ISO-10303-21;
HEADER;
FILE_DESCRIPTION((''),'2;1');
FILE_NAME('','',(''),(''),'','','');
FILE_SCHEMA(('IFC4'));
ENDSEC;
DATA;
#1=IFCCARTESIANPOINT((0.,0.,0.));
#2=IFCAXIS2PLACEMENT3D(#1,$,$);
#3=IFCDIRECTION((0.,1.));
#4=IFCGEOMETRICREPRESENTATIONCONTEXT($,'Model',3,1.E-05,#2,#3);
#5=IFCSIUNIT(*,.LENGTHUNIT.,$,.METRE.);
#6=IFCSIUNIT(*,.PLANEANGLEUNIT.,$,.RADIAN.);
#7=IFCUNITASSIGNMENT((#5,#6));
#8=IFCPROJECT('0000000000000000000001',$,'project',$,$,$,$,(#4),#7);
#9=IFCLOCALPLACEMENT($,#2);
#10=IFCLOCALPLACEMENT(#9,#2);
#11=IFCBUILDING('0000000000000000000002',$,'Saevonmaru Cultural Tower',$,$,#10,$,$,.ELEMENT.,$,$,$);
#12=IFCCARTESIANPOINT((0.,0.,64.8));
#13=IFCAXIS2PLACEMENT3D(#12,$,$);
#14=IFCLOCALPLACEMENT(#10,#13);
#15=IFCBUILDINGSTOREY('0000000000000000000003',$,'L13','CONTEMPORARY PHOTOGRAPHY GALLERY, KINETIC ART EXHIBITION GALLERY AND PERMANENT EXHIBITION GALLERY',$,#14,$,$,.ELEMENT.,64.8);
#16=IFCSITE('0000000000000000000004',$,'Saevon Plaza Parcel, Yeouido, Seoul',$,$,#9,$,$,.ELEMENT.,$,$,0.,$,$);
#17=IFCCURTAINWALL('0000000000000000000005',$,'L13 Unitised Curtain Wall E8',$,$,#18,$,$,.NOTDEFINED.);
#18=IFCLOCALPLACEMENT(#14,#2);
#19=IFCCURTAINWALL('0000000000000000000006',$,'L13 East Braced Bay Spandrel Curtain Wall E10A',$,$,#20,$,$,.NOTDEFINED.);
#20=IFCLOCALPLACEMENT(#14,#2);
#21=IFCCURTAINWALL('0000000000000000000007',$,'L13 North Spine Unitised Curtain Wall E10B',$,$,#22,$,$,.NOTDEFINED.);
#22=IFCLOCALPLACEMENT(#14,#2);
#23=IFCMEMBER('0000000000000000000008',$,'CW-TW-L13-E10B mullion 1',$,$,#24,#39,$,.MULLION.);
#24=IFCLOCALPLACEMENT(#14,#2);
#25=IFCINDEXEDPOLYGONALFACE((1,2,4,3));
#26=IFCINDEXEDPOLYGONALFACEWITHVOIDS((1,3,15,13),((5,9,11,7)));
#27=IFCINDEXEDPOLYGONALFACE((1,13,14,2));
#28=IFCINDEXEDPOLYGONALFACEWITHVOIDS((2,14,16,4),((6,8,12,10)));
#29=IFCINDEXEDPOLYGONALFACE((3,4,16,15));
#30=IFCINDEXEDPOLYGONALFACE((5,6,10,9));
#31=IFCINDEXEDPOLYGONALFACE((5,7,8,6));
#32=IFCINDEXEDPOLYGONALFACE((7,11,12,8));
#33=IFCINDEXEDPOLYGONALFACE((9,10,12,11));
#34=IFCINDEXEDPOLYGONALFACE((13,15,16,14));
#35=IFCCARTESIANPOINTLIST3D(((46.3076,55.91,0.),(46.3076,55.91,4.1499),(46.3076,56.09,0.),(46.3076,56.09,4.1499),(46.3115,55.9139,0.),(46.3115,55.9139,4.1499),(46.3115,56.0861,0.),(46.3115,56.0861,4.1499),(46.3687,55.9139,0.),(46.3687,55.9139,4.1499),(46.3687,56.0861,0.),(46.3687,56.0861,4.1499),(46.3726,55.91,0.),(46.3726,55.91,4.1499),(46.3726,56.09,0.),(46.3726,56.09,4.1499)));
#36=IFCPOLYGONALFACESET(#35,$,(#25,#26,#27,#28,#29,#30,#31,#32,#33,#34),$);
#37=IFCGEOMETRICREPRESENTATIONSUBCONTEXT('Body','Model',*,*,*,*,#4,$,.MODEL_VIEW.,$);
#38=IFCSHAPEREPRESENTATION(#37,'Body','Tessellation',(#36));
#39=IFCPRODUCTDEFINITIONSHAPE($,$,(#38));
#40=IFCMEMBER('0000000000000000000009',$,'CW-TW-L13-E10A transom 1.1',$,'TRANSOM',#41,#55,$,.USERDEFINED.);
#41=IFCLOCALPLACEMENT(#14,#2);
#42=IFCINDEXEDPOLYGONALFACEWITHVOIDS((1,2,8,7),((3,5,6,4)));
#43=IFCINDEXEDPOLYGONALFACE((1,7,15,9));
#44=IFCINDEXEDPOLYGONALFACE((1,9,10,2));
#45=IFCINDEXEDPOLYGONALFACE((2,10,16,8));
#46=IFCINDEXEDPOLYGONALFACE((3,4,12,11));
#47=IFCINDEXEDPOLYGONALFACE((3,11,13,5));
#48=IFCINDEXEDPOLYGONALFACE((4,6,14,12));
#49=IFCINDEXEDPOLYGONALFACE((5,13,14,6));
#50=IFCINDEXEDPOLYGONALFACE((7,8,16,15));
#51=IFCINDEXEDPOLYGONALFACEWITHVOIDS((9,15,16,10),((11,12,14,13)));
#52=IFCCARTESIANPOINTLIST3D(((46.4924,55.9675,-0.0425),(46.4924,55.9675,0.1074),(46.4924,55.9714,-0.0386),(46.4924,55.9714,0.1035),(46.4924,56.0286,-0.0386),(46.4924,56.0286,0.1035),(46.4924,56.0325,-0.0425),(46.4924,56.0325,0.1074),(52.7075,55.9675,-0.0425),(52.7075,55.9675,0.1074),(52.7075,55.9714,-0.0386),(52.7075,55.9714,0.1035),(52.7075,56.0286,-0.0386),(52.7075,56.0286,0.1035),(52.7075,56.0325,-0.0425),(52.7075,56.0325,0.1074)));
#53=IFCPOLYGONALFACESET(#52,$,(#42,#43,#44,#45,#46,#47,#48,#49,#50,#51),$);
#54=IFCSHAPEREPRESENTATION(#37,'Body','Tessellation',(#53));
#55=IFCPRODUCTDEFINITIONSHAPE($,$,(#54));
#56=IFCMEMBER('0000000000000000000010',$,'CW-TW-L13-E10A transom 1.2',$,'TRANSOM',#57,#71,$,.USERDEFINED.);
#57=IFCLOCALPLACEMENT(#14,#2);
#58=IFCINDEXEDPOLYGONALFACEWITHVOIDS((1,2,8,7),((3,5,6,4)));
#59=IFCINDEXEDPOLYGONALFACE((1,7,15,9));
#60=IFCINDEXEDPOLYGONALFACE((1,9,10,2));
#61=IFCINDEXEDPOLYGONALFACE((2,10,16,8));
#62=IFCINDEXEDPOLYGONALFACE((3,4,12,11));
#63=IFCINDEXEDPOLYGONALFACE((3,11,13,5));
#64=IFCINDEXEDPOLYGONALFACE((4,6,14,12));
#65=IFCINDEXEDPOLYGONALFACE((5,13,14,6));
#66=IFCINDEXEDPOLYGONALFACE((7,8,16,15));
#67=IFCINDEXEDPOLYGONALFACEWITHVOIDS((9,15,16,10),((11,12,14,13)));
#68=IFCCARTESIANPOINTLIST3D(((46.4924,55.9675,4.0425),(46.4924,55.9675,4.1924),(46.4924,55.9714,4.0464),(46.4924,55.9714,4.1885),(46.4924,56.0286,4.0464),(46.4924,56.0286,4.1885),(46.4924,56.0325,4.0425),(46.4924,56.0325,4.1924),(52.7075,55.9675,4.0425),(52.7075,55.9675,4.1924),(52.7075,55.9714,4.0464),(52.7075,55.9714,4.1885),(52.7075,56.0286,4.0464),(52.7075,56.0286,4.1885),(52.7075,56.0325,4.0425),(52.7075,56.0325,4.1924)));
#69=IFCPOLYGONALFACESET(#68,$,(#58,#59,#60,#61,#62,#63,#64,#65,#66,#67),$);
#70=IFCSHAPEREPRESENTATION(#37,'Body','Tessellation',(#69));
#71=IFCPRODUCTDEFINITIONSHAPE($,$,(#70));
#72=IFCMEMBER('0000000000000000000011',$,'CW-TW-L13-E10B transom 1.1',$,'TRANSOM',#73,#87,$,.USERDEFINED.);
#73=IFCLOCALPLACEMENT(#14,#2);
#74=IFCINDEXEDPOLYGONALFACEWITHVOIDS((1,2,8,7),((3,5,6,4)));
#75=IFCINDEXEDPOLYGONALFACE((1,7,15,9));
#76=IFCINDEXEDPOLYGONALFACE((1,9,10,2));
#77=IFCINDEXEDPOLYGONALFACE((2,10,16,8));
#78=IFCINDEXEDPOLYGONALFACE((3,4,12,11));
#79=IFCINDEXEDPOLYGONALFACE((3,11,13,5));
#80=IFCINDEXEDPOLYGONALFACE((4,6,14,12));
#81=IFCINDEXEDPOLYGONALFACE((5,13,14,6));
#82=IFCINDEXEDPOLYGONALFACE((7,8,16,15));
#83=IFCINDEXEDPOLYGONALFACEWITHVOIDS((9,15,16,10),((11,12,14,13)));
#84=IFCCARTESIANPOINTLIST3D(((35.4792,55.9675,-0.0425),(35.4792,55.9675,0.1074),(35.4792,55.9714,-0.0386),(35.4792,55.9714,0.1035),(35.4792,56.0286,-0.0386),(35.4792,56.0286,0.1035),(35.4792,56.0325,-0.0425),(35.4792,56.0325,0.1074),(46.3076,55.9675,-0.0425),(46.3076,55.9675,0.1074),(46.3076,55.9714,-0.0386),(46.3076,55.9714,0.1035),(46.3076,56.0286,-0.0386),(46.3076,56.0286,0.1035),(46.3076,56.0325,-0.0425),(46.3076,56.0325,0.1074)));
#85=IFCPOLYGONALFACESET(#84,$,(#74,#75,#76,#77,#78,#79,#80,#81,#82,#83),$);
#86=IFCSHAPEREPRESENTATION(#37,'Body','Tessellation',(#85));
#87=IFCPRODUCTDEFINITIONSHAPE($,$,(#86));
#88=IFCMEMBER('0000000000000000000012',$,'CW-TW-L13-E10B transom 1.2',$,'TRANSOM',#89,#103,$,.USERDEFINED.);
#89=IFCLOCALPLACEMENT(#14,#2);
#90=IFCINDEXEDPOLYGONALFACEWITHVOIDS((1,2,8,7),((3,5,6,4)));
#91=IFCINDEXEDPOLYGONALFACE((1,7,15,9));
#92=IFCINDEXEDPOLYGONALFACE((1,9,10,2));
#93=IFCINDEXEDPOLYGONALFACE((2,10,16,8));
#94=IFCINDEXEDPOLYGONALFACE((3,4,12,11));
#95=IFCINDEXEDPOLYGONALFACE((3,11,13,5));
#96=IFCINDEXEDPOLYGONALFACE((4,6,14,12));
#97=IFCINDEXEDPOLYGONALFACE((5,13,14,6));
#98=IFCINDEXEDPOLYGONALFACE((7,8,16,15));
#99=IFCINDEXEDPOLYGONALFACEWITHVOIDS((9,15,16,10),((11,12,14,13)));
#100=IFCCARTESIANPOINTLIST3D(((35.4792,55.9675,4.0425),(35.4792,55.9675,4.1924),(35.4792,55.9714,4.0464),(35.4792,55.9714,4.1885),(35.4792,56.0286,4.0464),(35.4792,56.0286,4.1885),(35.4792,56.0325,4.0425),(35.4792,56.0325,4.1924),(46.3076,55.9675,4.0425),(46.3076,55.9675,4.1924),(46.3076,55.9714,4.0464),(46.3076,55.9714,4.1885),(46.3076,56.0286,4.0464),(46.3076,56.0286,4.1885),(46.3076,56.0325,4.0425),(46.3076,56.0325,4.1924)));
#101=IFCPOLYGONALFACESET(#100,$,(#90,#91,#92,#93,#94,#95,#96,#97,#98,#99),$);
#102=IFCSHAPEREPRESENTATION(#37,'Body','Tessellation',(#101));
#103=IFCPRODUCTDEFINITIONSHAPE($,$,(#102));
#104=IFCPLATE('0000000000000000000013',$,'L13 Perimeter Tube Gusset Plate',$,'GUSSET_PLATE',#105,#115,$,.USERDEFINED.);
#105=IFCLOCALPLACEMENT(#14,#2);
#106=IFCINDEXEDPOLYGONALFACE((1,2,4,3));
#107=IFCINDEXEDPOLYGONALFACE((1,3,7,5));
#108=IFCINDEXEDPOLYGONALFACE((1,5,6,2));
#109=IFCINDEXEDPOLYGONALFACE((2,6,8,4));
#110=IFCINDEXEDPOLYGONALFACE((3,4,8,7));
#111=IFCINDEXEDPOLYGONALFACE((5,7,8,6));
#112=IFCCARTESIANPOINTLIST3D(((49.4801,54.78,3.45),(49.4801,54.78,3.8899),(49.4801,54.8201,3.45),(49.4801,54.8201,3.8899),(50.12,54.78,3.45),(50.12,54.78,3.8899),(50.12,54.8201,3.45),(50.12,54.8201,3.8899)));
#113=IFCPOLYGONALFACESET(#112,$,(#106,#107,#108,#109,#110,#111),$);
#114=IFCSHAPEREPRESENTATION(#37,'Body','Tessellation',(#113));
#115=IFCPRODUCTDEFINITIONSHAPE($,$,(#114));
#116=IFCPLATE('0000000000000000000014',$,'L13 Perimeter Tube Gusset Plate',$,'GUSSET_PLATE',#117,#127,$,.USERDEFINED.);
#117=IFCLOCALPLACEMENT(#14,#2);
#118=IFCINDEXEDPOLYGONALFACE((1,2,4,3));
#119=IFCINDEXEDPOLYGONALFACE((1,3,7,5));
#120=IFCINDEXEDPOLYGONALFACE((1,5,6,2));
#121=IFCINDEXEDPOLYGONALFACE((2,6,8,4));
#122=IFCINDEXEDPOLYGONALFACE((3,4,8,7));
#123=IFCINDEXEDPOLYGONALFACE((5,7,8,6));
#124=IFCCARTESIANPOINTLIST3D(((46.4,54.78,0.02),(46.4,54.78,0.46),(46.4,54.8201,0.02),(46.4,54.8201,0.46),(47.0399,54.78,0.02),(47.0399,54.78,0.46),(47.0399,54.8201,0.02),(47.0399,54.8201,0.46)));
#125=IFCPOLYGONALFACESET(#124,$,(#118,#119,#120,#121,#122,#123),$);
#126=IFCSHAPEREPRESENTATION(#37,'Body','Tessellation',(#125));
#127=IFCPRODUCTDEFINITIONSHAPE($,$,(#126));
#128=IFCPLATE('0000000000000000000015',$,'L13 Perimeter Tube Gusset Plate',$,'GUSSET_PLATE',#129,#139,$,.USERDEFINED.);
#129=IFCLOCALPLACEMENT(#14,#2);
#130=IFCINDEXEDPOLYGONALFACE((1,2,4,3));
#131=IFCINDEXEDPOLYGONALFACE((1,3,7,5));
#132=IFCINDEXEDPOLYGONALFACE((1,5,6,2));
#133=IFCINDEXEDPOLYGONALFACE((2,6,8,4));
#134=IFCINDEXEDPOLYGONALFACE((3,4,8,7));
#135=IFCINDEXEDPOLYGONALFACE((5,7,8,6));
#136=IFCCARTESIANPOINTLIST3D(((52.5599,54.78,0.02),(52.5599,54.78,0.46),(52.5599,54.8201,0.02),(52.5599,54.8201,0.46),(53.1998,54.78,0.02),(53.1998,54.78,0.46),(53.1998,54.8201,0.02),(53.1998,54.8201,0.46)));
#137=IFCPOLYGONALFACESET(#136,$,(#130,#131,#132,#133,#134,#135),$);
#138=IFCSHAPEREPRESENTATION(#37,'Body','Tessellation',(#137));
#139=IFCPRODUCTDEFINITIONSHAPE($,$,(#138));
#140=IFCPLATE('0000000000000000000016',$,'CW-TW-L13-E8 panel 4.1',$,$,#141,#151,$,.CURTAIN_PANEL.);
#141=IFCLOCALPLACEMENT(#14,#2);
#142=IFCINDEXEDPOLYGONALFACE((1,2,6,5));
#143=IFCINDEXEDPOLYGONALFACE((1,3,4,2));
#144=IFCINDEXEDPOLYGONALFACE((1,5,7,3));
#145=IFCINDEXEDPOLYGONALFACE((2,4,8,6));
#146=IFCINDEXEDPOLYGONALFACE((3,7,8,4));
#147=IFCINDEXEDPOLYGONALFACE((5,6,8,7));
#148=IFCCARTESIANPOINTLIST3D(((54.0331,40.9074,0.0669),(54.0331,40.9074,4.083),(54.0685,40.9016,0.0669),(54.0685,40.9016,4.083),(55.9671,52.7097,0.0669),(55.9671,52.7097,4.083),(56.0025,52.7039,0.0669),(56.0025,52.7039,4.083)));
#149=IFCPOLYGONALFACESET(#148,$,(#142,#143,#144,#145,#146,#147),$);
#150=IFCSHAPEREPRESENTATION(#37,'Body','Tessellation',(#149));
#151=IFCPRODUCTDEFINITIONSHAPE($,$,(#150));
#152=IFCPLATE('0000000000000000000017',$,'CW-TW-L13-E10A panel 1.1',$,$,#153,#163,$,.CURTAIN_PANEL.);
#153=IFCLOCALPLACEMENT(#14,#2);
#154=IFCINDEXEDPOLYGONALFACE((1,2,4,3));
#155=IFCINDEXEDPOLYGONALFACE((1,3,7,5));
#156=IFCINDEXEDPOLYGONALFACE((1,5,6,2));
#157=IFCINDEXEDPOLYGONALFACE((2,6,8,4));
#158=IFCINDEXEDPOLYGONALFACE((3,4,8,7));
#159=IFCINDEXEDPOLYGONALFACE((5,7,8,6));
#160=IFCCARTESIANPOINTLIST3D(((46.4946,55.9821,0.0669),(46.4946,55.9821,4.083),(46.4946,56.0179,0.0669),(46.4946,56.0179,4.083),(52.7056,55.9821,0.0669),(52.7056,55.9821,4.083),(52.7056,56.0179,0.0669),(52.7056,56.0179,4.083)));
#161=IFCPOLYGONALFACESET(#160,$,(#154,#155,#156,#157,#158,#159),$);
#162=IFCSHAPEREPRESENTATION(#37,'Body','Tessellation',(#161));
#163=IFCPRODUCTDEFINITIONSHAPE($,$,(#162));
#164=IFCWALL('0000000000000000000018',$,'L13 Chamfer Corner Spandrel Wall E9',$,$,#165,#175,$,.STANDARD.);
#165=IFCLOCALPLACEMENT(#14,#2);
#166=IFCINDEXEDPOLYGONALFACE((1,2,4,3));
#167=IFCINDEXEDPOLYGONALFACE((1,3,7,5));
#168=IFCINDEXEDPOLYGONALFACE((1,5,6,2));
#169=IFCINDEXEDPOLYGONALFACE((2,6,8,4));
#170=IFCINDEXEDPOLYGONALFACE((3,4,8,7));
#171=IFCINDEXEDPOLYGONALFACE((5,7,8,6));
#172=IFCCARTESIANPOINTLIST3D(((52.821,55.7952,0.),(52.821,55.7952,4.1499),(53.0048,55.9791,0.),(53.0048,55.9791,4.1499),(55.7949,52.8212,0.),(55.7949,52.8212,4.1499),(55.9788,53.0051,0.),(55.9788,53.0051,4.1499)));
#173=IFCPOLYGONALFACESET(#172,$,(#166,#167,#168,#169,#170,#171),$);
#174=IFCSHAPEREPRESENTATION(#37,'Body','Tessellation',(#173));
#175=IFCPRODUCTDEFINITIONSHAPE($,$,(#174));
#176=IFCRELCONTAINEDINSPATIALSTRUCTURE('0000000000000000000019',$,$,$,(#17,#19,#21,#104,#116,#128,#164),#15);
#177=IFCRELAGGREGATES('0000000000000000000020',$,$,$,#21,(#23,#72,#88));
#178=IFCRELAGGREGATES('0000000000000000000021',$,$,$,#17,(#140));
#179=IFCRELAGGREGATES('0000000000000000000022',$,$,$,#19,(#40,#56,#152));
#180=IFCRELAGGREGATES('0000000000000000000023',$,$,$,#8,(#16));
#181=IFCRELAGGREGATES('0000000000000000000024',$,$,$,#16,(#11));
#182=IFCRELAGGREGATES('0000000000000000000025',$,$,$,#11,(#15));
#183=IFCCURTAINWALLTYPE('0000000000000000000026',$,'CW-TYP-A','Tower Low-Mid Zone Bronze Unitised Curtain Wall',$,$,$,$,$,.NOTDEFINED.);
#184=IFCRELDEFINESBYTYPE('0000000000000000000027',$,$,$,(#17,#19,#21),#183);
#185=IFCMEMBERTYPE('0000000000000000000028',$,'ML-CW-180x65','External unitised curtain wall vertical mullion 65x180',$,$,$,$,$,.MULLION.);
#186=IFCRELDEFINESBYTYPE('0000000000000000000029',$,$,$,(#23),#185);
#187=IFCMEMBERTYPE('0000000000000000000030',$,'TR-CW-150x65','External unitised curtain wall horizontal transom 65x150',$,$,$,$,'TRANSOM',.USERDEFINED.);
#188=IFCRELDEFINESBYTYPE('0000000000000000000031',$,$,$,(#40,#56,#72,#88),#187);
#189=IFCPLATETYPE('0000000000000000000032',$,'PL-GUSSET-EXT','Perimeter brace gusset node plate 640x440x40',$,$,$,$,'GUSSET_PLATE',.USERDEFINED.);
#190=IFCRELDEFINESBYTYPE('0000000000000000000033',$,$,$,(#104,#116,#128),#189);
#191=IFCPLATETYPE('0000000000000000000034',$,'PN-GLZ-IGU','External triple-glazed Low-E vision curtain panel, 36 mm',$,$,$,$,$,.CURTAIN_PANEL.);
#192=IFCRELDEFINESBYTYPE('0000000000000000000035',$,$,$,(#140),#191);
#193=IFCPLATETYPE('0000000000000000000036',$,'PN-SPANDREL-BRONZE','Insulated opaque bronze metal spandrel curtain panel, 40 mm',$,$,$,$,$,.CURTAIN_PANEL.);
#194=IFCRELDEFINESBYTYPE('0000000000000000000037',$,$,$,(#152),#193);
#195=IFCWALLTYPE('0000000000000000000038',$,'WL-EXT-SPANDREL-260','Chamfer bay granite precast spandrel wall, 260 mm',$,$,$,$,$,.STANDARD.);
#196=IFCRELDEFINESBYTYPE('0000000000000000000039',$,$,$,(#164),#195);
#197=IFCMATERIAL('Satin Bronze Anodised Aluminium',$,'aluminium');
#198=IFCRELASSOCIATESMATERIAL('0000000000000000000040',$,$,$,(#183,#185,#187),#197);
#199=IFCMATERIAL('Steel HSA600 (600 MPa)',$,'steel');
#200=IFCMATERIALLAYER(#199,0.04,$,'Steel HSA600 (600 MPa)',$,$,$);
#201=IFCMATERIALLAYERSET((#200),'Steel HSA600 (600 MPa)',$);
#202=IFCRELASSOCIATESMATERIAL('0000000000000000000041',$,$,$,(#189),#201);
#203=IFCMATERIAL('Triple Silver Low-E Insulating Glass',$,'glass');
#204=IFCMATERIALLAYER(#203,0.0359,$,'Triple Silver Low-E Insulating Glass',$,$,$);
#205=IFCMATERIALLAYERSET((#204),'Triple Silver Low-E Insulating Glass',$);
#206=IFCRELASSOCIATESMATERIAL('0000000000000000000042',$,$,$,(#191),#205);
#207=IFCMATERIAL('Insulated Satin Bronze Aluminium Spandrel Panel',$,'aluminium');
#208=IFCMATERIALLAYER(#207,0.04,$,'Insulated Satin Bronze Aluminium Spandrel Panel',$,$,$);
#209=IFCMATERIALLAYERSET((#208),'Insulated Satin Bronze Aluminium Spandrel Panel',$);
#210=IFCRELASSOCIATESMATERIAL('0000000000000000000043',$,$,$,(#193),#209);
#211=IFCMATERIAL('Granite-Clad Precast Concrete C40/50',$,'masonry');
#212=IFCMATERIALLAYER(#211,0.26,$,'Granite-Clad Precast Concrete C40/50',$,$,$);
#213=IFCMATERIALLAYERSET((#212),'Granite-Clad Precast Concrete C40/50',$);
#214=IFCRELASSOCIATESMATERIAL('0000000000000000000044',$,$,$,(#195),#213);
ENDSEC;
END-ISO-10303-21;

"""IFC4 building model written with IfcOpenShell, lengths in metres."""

from ifc_helpers import new_model, si_unit, direction, frame, frame_2d, origin, origin_2d, place, context, subcontext, project, spatial, rectangle, hollow_rectangle, extrude, material, layer, layer_set, material_profile, profile_set, type_object, element, aggregate, save


model = new_model("IFC4")

# Units and contexts
model_context = context("Model", 3, precision=1e-05, world=origin(), true_north=direction((0.0, 1.0)))
body_context = subcontext(model_context, "Body", "Model", "MODEL_VIEW")
ifc_project = project(units=[si_unit("LENGTHUNIT", "METRE"), si_unit("PLANEANGLEUNIT", "RADIAN")], contexts=[model_context])

# Site, building, storey
site_placement = place(None, origin())
site = spatial("IfcSite", under=ifc_project, at=site_placement, Name="Saevon Plaza Parcel, Yeouido, Seoul", CompositionType="ELEMENT", RefElevation=0.0)
building_placement = place(site_placement, origin())
building = spatial("IfcBuilding", under=site, at=building_placement, Name="Saevonmaru Cultural Tower", CompositionType="ELEMENT")
storey_placement = place(building_placement, frame((0.0, 0.0, 64.8)))
storey = spatial("IfcBuildingStorey", under=building, at=storey_placement, Name="L13", Description="CONTEMPORARY PHOTOGRAPHY GALLERY, KINETIC ART EXHIBITION GALLERY AND PERMANENT EXHIBITION GALLERY", CompositionType="ELEMENT", Elevation=64.8)

# Shared definitions
ifc_material_1 = material(Name="Steel HSA600 (600 MPa)", Category="steel")

# Curtain wall
ifc_material_2 = material(Name="Satin Bronze Anodised Aluminium", Category="aluminium")
curtain_wall_type = type_object("IfcCurtainWallType", Name="CW-TYP-A", Description="Tower Low-Mid Zone Bronze Unitised Curtain Wall", PredefinedType="NOTDEFINED", material=ifc_material_2)
curtain_wall_1_placement = place(storey_placement, origin())
curtain_wall_1 = element("IfcCurtainWall", 1, at=curtain_wall_1_placement, inside=storey, type_object=curtain_wall_type, Name="L13 Unitised Curtain Wall E8", PredefinedType="NOTDEFINED")
ifc_material_profile_1 = material_profile(ifc_material_2, hollow_rectangle(XDim=0.0649, YDim=0.1799, WallThickness=0.0039, at=origin_2d()), Name="ALU-MULL-180x65x4")
ifc_profile_set_1 = profile_set([ifc_material_profile_1], Name="Satin Bronze Anodised Aluminium")
member_type_1 = type_object("IfcMemberType", Name="ML-CW-180x65", Description="External unitised curtain wall vertical mullion 65x180", PredefinedType="MULLION", material=ifc_profile_set_1)

# Curtain wall
curtain_wall_2_placement = place(storey_placement, origin())
curtain_wall_2 = element("IfcCurtainWall", 2, at=curtain_wall_2_placement, inside=storey, type_object=curtain_wall_type, Name="L13 East Braced Bay Spandrel Curtain Wall E10A", PredefinedType="NOTDEFINED")

# Curtain wall, member
curtain_wall_3_placement = place(storey_placement, origin())
curtain_wall_3 = element("IfcCurtainWall", 3, at=curtain_wall_3_placement, inside=storey, type_object=curtain_wall_type, Name="L13 North Spine Unitised Curtain Wall E10B", PredefinedType="NOTDEFINED")
member_1_placement = place(storey_placement, frame((46.3401, 56.0, 0.0), z_axis=(0.0, 0.0, 1.0), x_axis=(-1.0, 0.0, 0.0)))
member_1 = element("IfcMember", 4, at=member_1_placement, type_object=member_type_1, Name="CW-TW-L13-E10B mullion 1", PredefinedType="MULLION", context=body_context, shape_type="SweptSolid", body=[
    extrude(hollow_rectangle(XDim=0.0649, YDim=0.1799, WallThickness=0.0039, at=origin_2d()), origin(), (0.0, 0.0, 1.0), 4.1499),
])

# Members
ifc_material_profile_2 = material_profile(ifc_material_2, hollow_rectangle(XDim=0.0649, YDim=0.1499, WallThickness=0.0039, at=origin_2d()), Name="ALU-TRAN-150x65x4")
ifc_profile_set_2 = profile_set([ifc_material_profile_2], Name="Satin Bronze Anodised Aluminium")
member_type_2 = type_object("IfcMemberType", Name="TR-CW-150x65", Description="External unitised curtain wall horizontal transom 65x150", ElementType="TRANSOM", PredefinedType="USERDEFINED", material=ifc_profile_set_2)
member_2_placement = place(storey_placement, frame((52.7075, 56.0, 0.0325), z_axis=(-1.0, 0.0, 0.0), x_axis=(0.0, -1.0, 0.0)))
member_2 = element("IfcMember", 5, at=member_2_placement, type_object=member_type_2, Name="CW-TW-L13-E10A transom 1.1", ObjectType="TRANSOM", PredefinedType="USERDEFINED", context=body_context, shape_type="SweptSolid", body=[
    extrude(hollow_rectangle(XDim=0.0649, YDim=0.1499, WallThickness=0.0039, at=origin_2d()), origin(), (0.0, 0.0, 1.0), 6.2151),
])
member_3_placement = place(storey_placement, frame((52.7075, 56.0, 4.1174), z_axis=(-1.0, 0.0, 0.0), x_axis=(0.0, -1.0, 0.0)))
member_3 = element("IfcMember", 6, at=member_3_placement, type_object=member_type_2, Name="CW-TW-L13-E10A transom 1.2", ObjectType="TRANSOM", PredefinedType="USERDEFINED", context=body_context, shape_type="SweptSolid", body=[
    extrude(hollow_rectangle(XDim=0.0649, YDim=0.1499, WallThickness=0.0039, at=origin_2d()), origin(), (0.0, 0.0, 1.0), 6.2151),
])
member_4_placement = place(storey_placement, frame((46.3076, 56.0, 0.0325), z_axis=(-1.0, 0.0, 0.0), x_axis=(0.0, -1.0, 0.0)))
member_4 = element("IfcMember", 7, at=member_4_placement, type_object=member_type_2, Name="CW-TW-L13-E10B transom 1.1", ObjectType="TRANSOM", PredefinedType="USERDEFINED", context=body_context, shape_type="SweptSolid", body=[
    extrude(hollow_rectangle(XDim=0.0649, YDim=0.1499, WallThickness=0.0039, at=origin_2d()), origin(), (0.0, 0.0, 1.0), 10.8284),
])
member_5_placement = place(storey_placement, frame((46.3076, 56.0, 4.1174), z_axis=(-1.0, 0.0, 0.0), x_axis=(0.0, -1.0, 0.0)))
member_5 = element("IfcMember", 8, at=member_5_placement, type_object=member_type_2, Name="CW-TW-L13-E10B transom 1.2", ObjectType="TRANSOM", PredefinedType="USERDEFINED", context=body_context, shape_type="SweptSolid", body=[
    extrude(hollow_rectangle(XDim=0.0649, YDim=0.1499, WallThickness=0.0039, at=origin_2d()), origin(), (0.0, 0.0, 1.0), 10.8284),
])
aggregate(curtain_wall_3, [member_1, member_4, member_5])

# Plates
ifc_layer_1 = layer(ifc_material_1, 0.04, Name="Steel HSA600 (600 MPa)")
ifc_layer_set_1 = layer_set([ifc_layer_1], Name="Steel HSA600 (600 MPa)")
plate_type_1 = type_object("IfcPlateType", Name="PL-GUSSET-EXT", Description="Perimeter brace gusset node plate 640x440x40", ElementType="GUSSET_PLATE", PredefinedType="USERDEFINED", material=ifc_layer_set_1)
for number, where, z_axis, x_axis, name in (
    (9, (49.8, 54.8, 3.45), (0.0, 0.0, 1.0), (1.0, 0.0, 0.0), "L13 Perimeter Tube Gusset Plate"),
    (10, (46.72, 54.8, 0.02), (0.0, 0.0, 1.0), (1.0, 0.0, 0.0), "L13 Perimeter Tube Gusset Plate"),
    (11, (52.8799, 54.8, 0.02), (0.0, 0.0, 1.0), (1.0, 0.0, 0.0), "L13 Perimeter Tube Gusset Plate"),
):
    element("IfcPlate", number, at=place(storey_placement, frame(where, z_axis=z_axis, x_axis=x_axis)), inside=storey, type_object=plate_type_1, Name=name, ObjectType="GUSSET_PLATE", PredefinedType="USERDEFINED", context=body_context, shape_type="SweptSolid", body=[
        extrude(rectangle(XDim=0.6399, YDim=0.04, at=origin_2d()), origin(), (0.0, 0.0, 1.0), 0.4399),
    ])

# Plates
ifc_material_3 = material(Name="Triple Silver Low-E Insulating Glass", Category="glass")
ifc_layer_2 = layer(ifc_material_3, 0.0359, Name="Triple Silver Low-E Insulating Glass")
ifc_layer_set_2 = layer_set([ifc_layer_2], Name="Triple Silver Low-E Insulating Glass")
plate_type_2 = type_object("IfcPlateType", Name="PN-GLZ-IGU", Description="External triple-glazed Low-E vision curtain panel, 36 mm", PredefinedType="CURTAIN_PANEL", material=ifc_layer_set_2)
plate_1_placement = place(storey_placement, frame((55.0178, 46.8057, 0.0669), z_axis=(0.0, 0.0, 1.0), x_axis=(0.161709, 0.986839, 0.0)))
plate_1 = element("IfcPlate", 12, at=plate_1_placement, type_object=plate_type_2, Name="CW-TW-L13-E8 panel 4.1", PredefinedType="CURTAIN_PANEL", context=body_context, shape_type="SweptSolid", body=[
    extrude(rectangle(XDim=11.9597, YDim=0.0359, at=origin_2d()), origin(), (0.0, 0.0, 1.0), 4.0161),
])
aggregate(curtain_wall_1, [plate_1])
ifc_material_4 = material(Name="Insulated Satin Bronze Aluminium Spandrel Panel", Category="aluminium")
ifc_layer_3 = layer(ifc_material_4, 0.04, Name="Insulated Satin Bronze Aluminium Spandrel Panel")
ifc_layer_set_3 = layer_set([ifc_layer_3], Name="Insulated Satin Bronze Aluminium Spandrel Panel")
plate_type_3 = type_object("IfcPlateType", Name="PN-SPANDREL-BRONZE", Description="Insulated opaque bronze metal spandrel curtain panel, 40 mm", PredefinedType="CURTAIN_PANEL", material=ifc_layer_set_3)
plate_2_placement = place(storey_placement, frame((49.6001, 56.0, 0.0669), z_axis=(0.0, 0.0, 1.0), x_axis=(-1.0, 0.0, 0.0)))
plate_2 = element("IfcPlate", 13, at=plate_2_placement, type_object=plate_type_3, Name="CW-TW-L13-E10A panel 1.1", PredefinedType="CURTAIN_PANEL", context=body_context, shape_type="SweptSolid", body=[
    extrude(rectangle(XDim=6.2109, YDim=0.0359, at=origin_2d()), origin(), (0.0, 0.0, 1.0), 4.0161),
])
aggregate(curtain_wall_2, [member_2, member_3, plate_2])

# Wall
ifc_material_5 = material(Name="Granite-Clad Precast Concrete C40/50", Category="masonry")
ifc_layer_4 = layer(ifc_material_5, 0.26, Name="Granite-Clad Precast Concrete C40/50")
ifc_layer_set_4 = layer_set([ifc_layer_4], Name="Granite-Clad Precast Concrete C40/50")
wall_type_1 = type_object("IfcWallType", Name="WL-EXT-SPANDREL-260", Description="Chamfer bay granite precast spandrel wall, 260 mm", PredefinedType="STANDARD", material=ifc_layer_set_4)
wall_1_placement = place(storey_placement, frame((55.887, 52.9131, 0.0), z_axis=(0.0, 0.0, 1.0), x_axis=(-0.707107, 0.707107, 0.0)))
element("IfcWall", 14, at=wall_1_placement, inside=storey, type_object=wall_type_1, Name="L13 Chamfer Corner Spandrel Wall E9", PredefinedType="STANDARD", context=body_context, shape_type="SweptSolid", body=[
    extrude(rectangle(XDim=4.2058, YDim=0.26, at=frame_2d((2.103, 0.0))), origin(), (0.0, 0.0, 1.0), 4.1499),
])

save(model, "model.ifc")
